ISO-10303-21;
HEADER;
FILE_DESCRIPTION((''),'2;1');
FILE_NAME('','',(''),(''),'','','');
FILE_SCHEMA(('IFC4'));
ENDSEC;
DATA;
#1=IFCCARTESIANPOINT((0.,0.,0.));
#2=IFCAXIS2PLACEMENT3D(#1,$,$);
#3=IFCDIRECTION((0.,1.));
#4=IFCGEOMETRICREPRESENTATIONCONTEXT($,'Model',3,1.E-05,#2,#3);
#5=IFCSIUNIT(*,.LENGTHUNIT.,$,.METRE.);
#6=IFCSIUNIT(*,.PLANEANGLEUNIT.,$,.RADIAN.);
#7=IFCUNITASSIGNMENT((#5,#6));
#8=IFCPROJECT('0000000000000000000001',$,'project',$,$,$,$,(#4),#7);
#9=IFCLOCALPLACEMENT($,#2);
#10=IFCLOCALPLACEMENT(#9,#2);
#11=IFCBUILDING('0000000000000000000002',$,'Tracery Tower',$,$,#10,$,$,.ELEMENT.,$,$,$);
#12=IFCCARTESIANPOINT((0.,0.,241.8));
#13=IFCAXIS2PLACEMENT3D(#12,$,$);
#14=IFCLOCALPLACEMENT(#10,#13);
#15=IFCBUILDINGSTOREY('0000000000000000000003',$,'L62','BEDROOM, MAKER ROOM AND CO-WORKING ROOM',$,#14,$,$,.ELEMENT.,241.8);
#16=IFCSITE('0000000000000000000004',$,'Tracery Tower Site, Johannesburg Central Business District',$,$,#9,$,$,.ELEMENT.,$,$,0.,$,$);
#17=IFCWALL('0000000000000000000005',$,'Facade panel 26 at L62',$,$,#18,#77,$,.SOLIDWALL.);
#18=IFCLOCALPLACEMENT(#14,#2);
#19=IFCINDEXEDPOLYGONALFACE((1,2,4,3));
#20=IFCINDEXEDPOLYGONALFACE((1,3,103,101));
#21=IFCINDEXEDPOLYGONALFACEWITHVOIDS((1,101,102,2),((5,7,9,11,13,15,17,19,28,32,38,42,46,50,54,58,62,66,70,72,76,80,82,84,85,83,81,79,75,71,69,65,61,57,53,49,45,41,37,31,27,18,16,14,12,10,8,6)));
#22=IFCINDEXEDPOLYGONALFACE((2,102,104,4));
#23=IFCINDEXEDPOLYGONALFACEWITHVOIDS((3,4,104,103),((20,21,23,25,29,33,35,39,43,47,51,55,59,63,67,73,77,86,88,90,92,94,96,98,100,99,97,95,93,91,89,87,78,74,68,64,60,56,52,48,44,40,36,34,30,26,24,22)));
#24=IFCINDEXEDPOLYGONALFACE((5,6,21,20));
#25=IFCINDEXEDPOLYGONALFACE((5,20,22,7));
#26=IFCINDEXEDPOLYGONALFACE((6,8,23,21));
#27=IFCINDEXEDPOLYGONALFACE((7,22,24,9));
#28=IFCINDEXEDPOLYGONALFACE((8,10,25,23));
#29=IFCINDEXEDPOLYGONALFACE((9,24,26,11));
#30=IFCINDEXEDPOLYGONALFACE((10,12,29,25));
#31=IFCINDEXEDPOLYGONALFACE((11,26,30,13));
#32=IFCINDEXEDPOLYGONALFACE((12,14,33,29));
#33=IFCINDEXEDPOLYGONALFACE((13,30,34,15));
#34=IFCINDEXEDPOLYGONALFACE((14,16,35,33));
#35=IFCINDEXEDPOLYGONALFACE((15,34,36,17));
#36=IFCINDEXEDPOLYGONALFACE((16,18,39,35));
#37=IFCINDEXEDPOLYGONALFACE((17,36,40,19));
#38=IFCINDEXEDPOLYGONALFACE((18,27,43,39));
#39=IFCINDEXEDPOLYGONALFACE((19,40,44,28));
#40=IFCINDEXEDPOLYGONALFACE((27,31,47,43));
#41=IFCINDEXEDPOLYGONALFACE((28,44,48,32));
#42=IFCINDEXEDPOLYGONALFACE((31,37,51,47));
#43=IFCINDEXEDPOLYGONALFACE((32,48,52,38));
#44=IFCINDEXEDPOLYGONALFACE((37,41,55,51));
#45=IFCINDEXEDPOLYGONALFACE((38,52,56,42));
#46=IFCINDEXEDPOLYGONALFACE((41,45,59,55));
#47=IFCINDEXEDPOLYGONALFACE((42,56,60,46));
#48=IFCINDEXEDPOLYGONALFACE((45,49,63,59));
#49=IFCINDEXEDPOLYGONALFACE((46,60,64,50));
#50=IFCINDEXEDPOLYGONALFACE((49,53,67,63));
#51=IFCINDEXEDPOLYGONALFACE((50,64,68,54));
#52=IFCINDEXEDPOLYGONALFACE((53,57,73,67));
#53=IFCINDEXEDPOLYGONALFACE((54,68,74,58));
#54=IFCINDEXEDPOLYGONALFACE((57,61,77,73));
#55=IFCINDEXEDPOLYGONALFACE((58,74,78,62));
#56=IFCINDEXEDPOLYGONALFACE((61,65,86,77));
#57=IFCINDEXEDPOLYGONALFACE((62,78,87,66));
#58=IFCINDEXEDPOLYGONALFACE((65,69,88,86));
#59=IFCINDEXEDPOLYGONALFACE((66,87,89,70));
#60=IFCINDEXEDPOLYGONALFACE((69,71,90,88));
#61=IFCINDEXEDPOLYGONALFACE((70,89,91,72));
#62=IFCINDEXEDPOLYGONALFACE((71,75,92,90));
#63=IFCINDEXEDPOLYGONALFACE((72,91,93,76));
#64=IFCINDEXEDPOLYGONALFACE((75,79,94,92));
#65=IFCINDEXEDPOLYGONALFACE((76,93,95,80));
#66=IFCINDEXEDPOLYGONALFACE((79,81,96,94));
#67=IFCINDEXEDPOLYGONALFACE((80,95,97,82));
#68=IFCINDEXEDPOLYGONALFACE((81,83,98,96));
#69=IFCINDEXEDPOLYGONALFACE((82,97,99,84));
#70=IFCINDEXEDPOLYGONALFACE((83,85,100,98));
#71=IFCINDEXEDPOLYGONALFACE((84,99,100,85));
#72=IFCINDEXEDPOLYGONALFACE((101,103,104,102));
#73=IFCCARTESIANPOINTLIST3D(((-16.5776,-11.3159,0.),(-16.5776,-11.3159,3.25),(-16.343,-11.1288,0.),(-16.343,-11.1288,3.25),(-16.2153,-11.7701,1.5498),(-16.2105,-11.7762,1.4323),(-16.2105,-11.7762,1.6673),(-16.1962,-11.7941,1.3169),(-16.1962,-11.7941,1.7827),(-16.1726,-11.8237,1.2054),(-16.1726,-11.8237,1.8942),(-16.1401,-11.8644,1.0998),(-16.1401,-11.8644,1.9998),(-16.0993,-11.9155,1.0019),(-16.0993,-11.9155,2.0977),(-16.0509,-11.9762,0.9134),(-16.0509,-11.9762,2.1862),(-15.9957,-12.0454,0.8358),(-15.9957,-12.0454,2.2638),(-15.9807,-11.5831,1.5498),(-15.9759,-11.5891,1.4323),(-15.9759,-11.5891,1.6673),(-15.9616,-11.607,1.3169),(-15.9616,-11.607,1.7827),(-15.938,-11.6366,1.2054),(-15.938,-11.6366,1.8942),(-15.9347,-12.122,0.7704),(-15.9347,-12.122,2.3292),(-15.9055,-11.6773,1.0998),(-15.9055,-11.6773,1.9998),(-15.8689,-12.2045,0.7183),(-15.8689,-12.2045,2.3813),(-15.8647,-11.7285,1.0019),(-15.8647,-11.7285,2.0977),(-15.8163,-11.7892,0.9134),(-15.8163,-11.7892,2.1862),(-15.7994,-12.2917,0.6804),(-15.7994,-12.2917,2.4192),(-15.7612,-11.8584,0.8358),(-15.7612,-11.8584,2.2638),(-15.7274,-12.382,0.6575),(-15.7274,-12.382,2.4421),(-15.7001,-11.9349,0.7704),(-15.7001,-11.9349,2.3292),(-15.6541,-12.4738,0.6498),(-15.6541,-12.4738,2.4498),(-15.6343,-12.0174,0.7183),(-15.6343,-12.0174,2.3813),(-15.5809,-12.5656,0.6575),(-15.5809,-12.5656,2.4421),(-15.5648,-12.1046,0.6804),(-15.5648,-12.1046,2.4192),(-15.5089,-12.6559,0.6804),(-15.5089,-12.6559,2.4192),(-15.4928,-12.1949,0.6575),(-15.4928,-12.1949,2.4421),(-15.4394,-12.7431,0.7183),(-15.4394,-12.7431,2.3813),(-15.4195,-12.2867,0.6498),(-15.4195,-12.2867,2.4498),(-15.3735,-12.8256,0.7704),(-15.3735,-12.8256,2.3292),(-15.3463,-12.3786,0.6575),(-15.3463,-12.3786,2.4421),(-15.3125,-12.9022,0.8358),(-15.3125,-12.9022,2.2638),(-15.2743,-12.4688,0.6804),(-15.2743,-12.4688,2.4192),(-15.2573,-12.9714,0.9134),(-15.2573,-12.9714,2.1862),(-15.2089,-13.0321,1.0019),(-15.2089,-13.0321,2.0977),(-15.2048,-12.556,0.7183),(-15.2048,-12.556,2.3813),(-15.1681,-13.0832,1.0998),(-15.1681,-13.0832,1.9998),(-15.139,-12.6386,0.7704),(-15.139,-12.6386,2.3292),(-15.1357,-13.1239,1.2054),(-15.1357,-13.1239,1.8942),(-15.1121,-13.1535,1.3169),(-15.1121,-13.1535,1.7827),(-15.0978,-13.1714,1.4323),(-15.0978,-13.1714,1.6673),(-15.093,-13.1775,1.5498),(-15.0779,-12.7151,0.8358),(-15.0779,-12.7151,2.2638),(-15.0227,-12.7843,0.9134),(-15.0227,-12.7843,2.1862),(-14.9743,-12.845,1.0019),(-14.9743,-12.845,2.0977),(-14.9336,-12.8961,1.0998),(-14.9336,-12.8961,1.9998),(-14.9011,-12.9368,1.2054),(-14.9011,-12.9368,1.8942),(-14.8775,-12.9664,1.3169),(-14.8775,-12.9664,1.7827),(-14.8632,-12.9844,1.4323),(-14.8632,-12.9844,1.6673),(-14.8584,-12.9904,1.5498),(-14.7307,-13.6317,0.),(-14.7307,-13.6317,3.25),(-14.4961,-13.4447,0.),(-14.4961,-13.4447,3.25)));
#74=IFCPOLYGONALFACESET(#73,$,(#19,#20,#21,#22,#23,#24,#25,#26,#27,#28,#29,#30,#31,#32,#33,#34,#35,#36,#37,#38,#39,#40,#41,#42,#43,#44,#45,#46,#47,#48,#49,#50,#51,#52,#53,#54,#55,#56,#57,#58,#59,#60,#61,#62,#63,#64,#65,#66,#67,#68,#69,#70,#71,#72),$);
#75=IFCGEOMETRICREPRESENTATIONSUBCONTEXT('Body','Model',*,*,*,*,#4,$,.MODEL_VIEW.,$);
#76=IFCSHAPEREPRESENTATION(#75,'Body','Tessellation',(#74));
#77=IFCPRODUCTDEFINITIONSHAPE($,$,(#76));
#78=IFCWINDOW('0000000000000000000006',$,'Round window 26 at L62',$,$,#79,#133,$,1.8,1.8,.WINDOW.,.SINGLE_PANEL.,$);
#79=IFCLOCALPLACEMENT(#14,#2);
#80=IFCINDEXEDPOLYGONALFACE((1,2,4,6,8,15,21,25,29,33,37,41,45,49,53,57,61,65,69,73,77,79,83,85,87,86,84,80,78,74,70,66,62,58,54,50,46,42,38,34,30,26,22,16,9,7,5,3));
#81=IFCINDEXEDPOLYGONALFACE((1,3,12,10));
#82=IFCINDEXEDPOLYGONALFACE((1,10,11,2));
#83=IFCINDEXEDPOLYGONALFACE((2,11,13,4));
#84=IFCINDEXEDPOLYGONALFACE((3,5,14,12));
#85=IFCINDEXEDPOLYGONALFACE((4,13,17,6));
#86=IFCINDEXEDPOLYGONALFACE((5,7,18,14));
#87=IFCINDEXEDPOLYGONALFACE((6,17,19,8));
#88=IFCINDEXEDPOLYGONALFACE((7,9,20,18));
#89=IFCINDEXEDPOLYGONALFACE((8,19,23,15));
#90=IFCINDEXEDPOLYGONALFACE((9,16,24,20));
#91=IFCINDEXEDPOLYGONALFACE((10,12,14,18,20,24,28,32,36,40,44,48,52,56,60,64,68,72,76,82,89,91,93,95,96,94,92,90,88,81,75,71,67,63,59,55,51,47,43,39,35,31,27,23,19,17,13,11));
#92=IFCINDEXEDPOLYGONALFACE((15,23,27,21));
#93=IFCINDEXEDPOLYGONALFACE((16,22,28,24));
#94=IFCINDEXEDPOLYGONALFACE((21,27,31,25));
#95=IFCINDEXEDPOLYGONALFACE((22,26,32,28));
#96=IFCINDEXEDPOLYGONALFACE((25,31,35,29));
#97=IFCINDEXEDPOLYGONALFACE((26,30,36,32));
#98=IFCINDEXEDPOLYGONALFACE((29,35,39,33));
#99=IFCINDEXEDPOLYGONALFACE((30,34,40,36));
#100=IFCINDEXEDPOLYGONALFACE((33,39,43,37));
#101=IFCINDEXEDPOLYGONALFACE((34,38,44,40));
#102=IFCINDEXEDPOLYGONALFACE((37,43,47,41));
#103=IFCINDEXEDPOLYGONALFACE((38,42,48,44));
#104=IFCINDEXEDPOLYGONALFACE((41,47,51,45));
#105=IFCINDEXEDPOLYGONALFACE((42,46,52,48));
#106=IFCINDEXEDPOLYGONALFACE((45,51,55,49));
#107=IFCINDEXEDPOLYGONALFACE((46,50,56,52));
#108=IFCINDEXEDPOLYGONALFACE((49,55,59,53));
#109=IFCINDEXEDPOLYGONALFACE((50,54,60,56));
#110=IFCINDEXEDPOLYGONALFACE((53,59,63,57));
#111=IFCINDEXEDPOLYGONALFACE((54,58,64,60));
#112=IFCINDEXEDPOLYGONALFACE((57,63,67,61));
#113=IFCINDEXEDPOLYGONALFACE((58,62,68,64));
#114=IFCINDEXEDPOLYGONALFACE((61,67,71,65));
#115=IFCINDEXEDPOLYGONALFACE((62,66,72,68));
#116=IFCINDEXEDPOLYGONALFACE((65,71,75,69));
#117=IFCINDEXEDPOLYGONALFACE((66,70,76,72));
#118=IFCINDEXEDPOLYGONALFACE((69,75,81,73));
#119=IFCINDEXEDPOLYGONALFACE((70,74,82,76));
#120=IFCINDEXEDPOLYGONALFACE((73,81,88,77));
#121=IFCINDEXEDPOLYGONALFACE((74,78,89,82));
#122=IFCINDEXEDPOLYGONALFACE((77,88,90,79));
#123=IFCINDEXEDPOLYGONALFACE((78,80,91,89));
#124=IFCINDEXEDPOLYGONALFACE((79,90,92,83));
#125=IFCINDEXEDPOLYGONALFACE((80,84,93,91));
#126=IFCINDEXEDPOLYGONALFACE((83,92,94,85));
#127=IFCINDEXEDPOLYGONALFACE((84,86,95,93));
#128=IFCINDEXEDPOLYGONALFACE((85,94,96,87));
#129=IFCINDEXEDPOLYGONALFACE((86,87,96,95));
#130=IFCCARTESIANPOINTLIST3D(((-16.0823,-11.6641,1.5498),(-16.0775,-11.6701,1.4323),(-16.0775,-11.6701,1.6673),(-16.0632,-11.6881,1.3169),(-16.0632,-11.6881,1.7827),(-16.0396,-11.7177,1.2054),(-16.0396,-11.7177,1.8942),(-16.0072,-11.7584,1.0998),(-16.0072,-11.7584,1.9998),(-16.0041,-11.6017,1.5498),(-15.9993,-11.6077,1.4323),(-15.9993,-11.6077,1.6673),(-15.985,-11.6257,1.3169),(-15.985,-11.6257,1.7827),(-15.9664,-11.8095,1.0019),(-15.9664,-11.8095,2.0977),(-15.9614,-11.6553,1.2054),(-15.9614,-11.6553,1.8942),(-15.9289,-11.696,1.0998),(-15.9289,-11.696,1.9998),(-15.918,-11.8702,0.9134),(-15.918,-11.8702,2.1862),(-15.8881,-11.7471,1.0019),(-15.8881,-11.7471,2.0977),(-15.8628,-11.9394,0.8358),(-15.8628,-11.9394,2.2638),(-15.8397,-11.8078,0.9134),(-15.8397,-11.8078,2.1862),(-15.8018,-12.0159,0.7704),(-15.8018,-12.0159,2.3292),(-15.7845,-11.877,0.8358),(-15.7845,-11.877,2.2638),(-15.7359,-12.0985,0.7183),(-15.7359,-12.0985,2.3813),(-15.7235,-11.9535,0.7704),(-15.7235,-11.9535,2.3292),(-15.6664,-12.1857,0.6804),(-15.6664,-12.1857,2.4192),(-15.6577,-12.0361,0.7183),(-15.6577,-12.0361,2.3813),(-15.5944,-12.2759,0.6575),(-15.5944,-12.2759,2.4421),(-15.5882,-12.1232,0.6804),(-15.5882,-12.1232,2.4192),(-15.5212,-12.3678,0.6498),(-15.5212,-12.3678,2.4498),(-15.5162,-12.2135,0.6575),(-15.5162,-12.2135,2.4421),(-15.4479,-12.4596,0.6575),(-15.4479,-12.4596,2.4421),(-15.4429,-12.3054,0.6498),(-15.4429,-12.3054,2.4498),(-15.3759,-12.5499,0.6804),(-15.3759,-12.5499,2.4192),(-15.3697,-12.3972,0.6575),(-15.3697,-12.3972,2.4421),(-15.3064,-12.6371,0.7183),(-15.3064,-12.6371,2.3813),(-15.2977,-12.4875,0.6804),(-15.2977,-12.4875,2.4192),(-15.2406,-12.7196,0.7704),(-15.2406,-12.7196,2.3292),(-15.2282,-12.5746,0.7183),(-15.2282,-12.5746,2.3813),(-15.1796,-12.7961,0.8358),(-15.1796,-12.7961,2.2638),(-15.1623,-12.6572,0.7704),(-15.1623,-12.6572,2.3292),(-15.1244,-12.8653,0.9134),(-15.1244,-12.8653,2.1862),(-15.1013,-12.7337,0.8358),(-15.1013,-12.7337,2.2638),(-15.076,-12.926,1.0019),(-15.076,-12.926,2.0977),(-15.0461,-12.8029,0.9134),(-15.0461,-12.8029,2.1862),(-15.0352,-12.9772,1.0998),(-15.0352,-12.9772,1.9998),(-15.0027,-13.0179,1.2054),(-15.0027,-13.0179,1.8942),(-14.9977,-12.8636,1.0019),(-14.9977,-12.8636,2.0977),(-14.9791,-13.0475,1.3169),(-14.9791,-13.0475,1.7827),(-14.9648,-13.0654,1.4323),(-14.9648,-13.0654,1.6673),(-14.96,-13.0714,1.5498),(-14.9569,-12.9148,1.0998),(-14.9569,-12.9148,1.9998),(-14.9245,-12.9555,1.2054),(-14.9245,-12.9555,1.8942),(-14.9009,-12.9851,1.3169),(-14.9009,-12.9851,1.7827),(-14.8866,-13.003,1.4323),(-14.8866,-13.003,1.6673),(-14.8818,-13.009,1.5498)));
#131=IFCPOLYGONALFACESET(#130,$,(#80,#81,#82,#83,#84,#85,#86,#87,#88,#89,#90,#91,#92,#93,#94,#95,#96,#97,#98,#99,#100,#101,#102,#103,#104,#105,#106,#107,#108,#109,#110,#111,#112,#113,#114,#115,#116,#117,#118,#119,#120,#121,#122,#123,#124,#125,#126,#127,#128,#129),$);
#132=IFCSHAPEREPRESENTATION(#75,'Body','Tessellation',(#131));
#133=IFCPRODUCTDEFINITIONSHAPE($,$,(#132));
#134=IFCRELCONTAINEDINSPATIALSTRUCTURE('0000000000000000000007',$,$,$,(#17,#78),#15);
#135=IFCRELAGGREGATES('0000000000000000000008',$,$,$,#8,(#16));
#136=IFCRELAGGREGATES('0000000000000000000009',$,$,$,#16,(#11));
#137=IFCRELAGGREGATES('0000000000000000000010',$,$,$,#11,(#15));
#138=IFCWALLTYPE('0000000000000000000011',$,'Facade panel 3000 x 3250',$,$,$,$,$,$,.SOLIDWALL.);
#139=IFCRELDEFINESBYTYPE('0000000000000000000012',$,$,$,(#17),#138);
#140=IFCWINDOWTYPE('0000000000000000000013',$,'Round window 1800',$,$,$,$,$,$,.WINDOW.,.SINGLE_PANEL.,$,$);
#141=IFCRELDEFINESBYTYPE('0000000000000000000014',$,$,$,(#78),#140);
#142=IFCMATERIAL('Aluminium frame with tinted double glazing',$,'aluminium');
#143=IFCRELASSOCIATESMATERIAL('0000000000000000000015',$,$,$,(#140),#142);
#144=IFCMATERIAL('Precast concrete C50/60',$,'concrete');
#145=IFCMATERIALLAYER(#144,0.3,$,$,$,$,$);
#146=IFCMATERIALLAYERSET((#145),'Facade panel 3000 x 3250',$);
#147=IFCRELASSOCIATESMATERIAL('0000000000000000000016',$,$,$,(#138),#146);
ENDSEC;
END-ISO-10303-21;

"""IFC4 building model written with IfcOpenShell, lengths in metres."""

from ifc_helpers import new_model, si_unit, direction, frame, frame_2d, origin, origin_2d, place, context, subcontext, project, spatial, rectangle, circle, extrude, material, layer, layer_set, type_object, element, fill, save


model = new_model("IFC4")

# Units and contexts
model_context = context("Model", 3, precision=1e-05, world=origin(), true_north=direction((0.0, 1.0)))
body_context = subcontext(model_context, "Body", "Model", "MODEL_VIEW")
ifc_project = project(units=[si_unit("LENGTHUNIT", "METRE"), si_unit("PLANEANGLEUNIT", "RADIAN")], contexts=[model_context])

# Site, building, storey
site_placement = place(None, origin())
site = spatial("IfcSite", under=ifc_project, at=site_placement, Name="Tracery Tower Site, Johannesburg Central Business District", CompositionType="ELEMENT", RefElevation=0.0)
building_placement = place(site_placement, origin())
building = spatial("IfcBuilding", under=site, at=building_placement, Name="Tracery Tower", CompositionType="ELEMENT")
storey_placement = place(building_placement, frame((0.0, 0.0, 241.8)))
storey = spatial("IfcBuildingStorey", under=building, at=storey_placement, Name="L62", Description="BEDROOM, MAKER ROOM AND CO-WORKING ROOM", CompositionType="ELEMENT", Elevation=241.8)

# Wall, opening, window
ifc_material_1 = material(Name="Aluminium frame with tinted double glazing", Category="aluminium")
window_type = type_object("IfcWindowType", Name="Round window 1800", PartitioningType="SINGLE_PANEL", PredefinedType="WINDOW", material=ifc_material_1)
ifc_material_2 = material(Name="Precast concrete C50/60", Category="concrete")
ifc_layer_1 = layer(ifc_material_2, 0.3)
ifc_layer_set_1 = layer_set([ifc_layer_1], Name="Facade panel 3000 x 3250")
wall_type_1 = type_object("IfcWallType", Name="Facade panel 3000 x 3250", PredefinedType="SOLIDWALL", material=ifc_layer_set_1)
wall_1_placement = place(storey_placement, frame((-16.4602, -11.2224, 0.0), z_axis=(0.0, 0.0, 1.0), x_axis=(0.623498, -0.781825, 0.0)))
wall_1 = element("IfcWall", 1, at=wall_1_placement, inside=storey, type_object=wall_type_1, Name="Facade panel 26 at L62", PredefinedType="SOLIDWALL", context=body_context, shape_type="SweptSolid", body=[
    extrude(rectangle(XDim=2.9622, YDim=0.3, at=frame_2d((1.481, 0.0))), origin(), (0.0, 0.0, 1.0), 3.25),
])
opening_1_placement = place(wall_1_placement, frame((1.481, 0.0, 1.5498)))
opening_1 = element("IfcOpeningElement", 2, at=opening_1_placement, cuts=wall_1, PredefinedType="OPENING", context=body_context, shape_type="SweptSolid", body=[
    extrude(circle(Radius=0.9, at=origin_2d()), frame((0.0, 0.1599, 0.0), z_axis=(0.0, -1.0, 0.0), x_axis=(1.0, 0.0, 0.0)), (0.0, 0.0, 1.0), 0.3201),
])
window_1_placement = place(opening_1_placement, origin())
window_1 = element("IfcWindow", 3, at=window_1_placement, inside=storey, type_object=window_type, Name="Round window 26 at L62", OverallHeight=1.8, OverallWidth=1.8, PartitioningType="SINGLE_PANEL", PredefinedType="WINDOW", context=body_context, shape_type="SweptSolid", body=[
    extrude(circle(Radius=0.9, at=origin_2d()), frame((0.0, 0.1201, 0.0), z_axis=(0.0, -1.0, 0.0), x_axis=(1.0, 0.0, 0.0)), (0.0, 0.0, 1.0), 0.1001),
])
fill(opening_1, window_1)

save(model, "model.ifc")
